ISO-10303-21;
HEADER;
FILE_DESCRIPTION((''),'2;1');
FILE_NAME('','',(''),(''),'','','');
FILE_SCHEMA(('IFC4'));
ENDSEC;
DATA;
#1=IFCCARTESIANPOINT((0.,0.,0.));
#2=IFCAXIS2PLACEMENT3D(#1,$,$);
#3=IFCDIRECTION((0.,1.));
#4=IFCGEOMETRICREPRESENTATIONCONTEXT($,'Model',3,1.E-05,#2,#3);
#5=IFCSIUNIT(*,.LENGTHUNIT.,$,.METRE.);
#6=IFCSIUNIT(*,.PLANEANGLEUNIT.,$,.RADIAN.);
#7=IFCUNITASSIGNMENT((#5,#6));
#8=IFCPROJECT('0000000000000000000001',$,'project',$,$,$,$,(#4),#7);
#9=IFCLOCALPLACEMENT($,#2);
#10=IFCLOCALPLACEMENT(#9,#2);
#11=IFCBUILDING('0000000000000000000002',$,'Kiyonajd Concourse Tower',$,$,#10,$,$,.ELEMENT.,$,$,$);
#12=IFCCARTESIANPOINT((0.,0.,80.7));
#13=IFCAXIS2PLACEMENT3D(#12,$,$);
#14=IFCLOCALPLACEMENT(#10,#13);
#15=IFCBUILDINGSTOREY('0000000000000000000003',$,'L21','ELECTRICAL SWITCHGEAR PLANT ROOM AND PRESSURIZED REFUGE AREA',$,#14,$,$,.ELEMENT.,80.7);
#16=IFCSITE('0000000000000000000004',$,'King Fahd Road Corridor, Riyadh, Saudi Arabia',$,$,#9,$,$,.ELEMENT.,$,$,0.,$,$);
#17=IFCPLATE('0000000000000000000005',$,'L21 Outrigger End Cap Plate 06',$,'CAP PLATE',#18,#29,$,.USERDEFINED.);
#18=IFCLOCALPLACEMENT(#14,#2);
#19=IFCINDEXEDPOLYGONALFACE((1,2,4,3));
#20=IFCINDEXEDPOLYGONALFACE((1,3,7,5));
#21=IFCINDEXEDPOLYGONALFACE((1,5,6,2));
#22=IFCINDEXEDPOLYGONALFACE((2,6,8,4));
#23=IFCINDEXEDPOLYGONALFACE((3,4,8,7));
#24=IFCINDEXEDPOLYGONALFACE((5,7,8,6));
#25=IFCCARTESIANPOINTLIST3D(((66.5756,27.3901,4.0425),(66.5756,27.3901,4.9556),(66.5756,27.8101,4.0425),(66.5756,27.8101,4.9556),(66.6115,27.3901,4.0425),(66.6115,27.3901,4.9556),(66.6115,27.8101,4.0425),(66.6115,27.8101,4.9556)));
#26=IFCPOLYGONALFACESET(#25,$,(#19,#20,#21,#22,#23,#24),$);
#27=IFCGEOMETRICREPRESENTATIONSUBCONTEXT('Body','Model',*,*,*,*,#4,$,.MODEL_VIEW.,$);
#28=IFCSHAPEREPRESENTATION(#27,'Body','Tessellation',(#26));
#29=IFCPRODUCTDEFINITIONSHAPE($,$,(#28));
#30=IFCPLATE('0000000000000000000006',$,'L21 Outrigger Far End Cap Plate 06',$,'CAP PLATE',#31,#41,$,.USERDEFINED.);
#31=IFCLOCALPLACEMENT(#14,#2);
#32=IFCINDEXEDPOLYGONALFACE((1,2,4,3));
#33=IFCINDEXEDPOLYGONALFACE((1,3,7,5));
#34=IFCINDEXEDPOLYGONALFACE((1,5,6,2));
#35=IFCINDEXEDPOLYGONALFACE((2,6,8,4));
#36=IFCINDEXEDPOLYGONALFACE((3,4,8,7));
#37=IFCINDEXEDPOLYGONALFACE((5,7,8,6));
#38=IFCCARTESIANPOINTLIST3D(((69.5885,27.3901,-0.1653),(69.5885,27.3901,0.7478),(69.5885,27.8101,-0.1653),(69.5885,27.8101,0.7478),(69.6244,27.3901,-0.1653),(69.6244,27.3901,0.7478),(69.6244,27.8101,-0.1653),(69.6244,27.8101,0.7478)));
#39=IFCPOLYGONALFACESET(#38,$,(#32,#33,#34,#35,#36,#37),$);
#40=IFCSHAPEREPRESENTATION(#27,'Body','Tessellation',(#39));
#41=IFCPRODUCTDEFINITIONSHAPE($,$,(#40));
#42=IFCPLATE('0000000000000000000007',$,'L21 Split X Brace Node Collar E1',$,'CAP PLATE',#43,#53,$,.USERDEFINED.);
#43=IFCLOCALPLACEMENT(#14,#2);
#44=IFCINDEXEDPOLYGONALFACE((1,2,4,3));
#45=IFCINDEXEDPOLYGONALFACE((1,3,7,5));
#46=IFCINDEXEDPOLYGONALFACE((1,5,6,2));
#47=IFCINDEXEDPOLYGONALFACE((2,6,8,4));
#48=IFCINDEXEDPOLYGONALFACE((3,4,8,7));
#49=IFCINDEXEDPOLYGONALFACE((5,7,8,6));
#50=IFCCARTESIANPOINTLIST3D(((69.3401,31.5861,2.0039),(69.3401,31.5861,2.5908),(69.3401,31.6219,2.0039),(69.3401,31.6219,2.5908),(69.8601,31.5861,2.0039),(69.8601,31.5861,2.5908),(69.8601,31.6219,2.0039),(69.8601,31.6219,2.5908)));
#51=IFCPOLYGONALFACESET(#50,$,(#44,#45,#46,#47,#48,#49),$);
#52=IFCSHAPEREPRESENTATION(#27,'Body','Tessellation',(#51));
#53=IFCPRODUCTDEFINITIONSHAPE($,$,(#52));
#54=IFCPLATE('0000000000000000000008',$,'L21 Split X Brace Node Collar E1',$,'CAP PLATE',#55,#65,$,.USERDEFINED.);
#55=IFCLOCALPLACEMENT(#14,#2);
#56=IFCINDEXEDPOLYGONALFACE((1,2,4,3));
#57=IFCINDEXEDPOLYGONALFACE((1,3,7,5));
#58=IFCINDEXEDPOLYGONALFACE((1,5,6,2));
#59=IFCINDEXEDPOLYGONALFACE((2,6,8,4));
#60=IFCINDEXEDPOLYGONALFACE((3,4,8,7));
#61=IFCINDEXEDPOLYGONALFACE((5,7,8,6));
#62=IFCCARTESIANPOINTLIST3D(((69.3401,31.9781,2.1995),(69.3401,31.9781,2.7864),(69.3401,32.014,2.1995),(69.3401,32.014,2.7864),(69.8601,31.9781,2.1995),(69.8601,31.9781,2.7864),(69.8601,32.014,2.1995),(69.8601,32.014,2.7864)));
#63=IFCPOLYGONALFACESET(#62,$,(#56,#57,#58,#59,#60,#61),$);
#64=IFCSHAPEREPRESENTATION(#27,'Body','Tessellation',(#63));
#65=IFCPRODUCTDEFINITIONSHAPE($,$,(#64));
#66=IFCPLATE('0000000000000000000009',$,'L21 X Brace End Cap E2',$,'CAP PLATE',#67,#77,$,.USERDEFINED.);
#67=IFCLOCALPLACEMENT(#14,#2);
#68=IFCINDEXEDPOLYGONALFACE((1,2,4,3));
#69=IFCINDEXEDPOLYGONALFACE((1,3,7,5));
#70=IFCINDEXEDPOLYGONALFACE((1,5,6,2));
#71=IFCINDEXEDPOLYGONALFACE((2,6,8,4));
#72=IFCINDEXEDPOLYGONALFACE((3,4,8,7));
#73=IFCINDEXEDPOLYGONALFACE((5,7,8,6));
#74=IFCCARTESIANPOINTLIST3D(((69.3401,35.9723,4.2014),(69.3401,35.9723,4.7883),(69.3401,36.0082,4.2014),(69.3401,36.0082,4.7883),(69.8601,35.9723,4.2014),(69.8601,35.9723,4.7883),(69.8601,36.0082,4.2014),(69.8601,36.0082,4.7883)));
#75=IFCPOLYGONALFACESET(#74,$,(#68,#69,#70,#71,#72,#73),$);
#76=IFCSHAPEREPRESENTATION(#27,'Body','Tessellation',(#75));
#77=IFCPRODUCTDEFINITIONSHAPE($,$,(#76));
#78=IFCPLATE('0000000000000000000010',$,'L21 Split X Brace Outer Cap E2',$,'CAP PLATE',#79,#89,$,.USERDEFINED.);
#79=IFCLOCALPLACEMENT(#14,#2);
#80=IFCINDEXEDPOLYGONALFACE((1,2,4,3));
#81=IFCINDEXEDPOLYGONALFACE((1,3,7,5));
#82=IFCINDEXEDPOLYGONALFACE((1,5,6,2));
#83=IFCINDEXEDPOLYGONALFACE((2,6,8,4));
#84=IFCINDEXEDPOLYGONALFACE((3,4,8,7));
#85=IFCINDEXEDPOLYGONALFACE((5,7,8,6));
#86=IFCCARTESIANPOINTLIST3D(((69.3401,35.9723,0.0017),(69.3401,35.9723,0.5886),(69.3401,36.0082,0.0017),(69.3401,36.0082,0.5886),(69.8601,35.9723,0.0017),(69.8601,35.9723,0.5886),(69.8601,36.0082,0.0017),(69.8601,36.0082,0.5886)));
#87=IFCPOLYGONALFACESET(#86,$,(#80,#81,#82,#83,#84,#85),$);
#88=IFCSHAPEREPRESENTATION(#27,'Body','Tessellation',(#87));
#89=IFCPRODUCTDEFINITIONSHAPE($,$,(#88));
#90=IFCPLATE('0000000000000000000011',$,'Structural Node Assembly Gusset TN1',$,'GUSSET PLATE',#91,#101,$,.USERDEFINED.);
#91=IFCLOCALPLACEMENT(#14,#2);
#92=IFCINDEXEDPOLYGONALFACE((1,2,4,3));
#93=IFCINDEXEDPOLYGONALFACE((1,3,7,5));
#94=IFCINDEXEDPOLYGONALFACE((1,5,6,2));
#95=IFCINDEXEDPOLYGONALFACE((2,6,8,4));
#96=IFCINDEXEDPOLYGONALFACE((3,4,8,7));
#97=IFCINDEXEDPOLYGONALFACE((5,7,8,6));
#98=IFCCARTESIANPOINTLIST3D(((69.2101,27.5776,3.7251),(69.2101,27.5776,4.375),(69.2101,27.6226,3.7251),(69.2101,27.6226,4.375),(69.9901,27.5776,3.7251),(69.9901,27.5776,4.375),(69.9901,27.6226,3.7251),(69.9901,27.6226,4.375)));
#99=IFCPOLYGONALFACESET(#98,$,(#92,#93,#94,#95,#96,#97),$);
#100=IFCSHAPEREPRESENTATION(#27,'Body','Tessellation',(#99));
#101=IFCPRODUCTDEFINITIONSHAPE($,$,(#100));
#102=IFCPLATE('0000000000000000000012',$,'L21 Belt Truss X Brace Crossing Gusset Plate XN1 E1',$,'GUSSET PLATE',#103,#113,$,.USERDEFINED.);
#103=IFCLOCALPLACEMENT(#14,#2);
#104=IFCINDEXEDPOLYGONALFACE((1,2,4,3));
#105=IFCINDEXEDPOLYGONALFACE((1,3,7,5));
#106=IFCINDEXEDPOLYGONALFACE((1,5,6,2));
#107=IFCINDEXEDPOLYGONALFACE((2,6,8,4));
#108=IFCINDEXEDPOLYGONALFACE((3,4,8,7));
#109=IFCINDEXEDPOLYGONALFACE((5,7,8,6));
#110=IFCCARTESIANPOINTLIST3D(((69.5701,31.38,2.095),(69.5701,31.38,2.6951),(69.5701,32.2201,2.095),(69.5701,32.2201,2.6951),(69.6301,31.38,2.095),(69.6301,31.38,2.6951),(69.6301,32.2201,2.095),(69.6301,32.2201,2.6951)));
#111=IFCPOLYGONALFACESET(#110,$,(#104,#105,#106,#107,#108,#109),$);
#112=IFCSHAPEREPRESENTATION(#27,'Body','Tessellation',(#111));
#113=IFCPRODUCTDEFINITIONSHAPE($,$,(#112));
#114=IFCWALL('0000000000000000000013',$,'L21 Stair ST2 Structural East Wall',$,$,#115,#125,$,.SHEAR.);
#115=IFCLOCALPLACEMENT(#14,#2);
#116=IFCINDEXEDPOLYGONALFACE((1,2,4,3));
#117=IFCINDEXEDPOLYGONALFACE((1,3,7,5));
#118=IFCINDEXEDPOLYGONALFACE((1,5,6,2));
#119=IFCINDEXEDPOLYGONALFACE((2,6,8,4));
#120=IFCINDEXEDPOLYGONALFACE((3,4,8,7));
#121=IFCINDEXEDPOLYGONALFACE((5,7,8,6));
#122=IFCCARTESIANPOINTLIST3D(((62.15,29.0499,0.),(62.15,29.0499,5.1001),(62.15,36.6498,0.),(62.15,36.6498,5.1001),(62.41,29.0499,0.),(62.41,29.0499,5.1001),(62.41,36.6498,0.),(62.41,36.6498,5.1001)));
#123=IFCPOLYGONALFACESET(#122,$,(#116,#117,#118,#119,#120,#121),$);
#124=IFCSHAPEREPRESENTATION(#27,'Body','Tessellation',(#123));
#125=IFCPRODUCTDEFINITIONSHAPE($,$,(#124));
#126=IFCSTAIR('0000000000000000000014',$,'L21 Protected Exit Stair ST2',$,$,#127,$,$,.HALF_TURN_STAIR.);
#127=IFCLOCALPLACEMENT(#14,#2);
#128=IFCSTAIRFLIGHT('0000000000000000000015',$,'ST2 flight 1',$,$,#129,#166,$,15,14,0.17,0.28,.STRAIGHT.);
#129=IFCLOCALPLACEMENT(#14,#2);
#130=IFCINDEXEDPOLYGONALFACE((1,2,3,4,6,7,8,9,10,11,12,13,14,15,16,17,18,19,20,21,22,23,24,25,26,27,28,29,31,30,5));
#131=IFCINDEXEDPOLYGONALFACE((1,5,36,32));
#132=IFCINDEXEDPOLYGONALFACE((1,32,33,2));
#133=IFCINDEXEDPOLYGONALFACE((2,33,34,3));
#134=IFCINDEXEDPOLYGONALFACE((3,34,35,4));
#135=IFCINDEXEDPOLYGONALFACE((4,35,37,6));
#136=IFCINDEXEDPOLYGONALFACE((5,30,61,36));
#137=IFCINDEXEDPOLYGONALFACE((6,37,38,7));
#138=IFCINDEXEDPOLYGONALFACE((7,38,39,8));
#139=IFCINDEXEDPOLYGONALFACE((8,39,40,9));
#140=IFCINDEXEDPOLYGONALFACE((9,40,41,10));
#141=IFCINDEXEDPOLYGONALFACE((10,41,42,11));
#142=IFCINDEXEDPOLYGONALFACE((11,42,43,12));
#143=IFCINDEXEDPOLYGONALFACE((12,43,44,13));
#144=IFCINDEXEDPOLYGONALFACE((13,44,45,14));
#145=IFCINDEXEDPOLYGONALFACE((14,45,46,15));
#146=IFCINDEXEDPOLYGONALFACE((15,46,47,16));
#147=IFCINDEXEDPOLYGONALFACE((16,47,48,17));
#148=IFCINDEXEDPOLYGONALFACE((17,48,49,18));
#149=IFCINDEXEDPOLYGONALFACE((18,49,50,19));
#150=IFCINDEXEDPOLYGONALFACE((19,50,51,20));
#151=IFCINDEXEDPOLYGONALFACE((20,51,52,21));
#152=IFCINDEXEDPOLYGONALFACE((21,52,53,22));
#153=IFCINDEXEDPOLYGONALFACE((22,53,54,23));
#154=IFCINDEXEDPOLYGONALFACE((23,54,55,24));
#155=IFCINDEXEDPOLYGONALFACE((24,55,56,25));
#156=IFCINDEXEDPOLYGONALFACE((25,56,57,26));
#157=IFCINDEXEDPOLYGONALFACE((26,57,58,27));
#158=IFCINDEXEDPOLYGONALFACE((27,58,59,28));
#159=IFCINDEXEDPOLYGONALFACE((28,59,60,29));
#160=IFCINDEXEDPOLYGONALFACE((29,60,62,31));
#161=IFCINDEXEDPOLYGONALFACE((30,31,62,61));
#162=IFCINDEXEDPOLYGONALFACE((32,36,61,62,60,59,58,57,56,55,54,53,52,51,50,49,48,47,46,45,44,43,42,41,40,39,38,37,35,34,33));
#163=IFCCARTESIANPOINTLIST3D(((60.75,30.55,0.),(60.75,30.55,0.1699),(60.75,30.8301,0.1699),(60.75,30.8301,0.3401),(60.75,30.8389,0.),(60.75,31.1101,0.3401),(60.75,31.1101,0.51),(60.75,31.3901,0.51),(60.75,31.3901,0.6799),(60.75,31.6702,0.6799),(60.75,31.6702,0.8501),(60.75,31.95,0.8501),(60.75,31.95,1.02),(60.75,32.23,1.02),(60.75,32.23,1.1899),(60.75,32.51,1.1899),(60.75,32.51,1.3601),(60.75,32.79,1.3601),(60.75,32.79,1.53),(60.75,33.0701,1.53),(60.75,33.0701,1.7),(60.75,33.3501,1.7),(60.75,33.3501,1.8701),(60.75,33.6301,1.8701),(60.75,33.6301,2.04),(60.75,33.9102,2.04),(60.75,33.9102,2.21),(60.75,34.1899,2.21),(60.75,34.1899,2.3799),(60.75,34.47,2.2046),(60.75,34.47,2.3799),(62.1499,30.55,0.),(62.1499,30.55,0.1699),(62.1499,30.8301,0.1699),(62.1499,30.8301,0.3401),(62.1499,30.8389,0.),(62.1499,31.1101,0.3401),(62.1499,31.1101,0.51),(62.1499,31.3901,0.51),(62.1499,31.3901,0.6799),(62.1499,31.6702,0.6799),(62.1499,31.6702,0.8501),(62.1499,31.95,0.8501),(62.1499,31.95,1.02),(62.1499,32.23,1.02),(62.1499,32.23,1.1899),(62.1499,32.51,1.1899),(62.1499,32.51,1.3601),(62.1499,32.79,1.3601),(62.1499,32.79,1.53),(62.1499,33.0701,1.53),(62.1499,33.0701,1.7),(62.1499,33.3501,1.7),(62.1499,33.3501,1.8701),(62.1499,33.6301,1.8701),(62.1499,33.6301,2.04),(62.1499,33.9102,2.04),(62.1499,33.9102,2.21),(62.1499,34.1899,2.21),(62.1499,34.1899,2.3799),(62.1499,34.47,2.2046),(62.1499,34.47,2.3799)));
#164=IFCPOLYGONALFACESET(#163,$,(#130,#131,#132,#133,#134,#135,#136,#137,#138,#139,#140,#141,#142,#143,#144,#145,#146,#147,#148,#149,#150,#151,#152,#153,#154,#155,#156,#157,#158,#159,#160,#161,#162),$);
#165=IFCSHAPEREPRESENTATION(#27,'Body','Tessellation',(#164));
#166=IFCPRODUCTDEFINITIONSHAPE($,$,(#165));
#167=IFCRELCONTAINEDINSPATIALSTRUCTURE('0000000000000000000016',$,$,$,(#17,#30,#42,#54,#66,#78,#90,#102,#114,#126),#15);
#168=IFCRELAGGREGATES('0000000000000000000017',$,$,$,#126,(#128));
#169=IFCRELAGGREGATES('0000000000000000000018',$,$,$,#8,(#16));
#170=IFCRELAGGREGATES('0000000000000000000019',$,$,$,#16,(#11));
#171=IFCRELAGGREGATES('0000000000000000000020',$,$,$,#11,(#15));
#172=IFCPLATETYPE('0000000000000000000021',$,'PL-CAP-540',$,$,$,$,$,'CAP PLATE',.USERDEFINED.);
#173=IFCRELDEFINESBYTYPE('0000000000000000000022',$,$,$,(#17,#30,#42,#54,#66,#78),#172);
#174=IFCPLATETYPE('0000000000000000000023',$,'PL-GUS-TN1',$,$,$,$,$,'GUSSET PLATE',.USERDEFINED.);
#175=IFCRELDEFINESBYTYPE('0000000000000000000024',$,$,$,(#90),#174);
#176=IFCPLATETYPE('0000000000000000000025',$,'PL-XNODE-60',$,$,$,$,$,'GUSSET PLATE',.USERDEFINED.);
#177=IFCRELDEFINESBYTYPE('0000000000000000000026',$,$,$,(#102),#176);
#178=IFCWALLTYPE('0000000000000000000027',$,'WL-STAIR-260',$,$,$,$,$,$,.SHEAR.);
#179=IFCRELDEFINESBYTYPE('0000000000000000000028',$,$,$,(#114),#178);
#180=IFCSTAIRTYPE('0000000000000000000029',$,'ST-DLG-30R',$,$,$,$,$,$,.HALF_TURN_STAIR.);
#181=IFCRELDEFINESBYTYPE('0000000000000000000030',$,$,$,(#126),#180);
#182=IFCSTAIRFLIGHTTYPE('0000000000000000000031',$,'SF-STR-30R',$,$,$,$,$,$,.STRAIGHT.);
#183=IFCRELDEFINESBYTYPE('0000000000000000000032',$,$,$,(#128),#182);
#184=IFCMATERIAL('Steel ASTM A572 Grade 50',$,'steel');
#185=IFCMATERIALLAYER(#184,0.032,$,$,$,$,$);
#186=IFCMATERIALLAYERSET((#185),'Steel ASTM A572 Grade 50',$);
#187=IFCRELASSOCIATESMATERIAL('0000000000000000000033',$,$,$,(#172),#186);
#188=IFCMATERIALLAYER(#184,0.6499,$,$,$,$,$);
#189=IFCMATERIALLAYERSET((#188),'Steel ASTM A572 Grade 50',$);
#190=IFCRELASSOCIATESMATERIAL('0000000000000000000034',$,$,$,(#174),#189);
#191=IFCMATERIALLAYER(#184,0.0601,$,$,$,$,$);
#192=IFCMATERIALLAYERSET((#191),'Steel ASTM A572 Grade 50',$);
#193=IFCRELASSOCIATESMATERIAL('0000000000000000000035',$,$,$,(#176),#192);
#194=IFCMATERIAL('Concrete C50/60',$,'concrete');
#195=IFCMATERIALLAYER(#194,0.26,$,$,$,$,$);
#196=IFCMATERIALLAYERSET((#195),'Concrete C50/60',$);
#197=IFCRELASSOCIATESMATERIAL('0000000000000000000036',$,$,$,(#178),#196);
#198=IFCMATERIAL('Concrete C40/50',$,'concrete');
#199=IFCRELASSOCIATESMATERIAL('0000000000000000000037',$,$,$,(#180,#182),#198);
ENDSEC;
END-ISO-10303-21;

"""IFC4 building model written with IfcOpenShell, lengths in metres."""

from ifc_helpers import new_model, si_unit, direction, frame, frame_2d, origin, origin_2d, place, context, subcontext, project, spatial, polyline, rectangle, outline, extrude, material, layer, layer_set, type_object, element, aggregate, save


model = new_model("IFC4")

# Units and contexts
model_context = context("Model", 3, precision=1e-05, world=origin(), true_north=direction((0.0, 1.0)))
body_context = subcontext(model_context, "Body", "Model", "MODEL_VIEW")
ifc_project = project(units=[si_unit("LENGTHUNIT", "METRE"), si_unit("PLANEANGLEUNIT", "RADIAN")], contexts=[model_context])

# Site, building, storey
site_placement = place(None, origin())
site = spatial("IfcSite", under=ifc_project, at=site_placement, Name="King Fahd Road Corridor, Riyadh, Saudi Arabia", CompositionType="ELEMENT", RefElevation=0.0)
building_placement = place(site_placement, origin())
building = spatial("IfcBuilding", under=site, at=building_placement, Name="Kiyonajd Concourse Tower", CompositionType="ELEMENT")
storey_placement = place(building_placement, frame((0.0, 0.0, 80.7)))
storey = spatial("IfcBuildingStorey", under=building, at=storey_placement, Name="L21", Description="ELECTRICAL SWITCHGEAR PLANT ROOM AND PRESSURIZED REFUGE AREA", CompositionType="ELEMENT", Elevation=80.7)

# Shared definitions
ifc_material_1 = material(Name="Steel ASTM A572 Grade 50", Category="steel")

# Plates
ifc_layer_1 = layer(ifc_material_1, 0.032)
ifc_layer_set_1 = layer_set([ifc_layer_1], Name="Steel ASTM A572 Grade 50")
plate_type_1 = type_object("IfcPlateType", Name="PL-CAP-540", ElementType="CAP PLATE", PredefinedType="USERDEFINED", material=ifc_layer_set_1)
for number, where, z_axis, x_axis, name in (
    (1, (66.5935, 27.6001, 4.0425), (0.0, 0.0, 1.0), (-1.0, 0.0, 0.0), "L21 Outrigger End Cap Plate 06"),
    (2, (69.6064, 27.6001, -0.1653), (0.0, 0.0, 1.0), (1.0, 0.0, 0.0), "L21 Outrigger Far End Cap Plate 06"),
):
    element("IfcPlate", number, at=place(storey_placement, frame(where, z_axis=z_axis, x_axis=x_axis)), inside=storey, type_object=plate_type_1, Name=name, ObjectType="CAP PLATE", PredefinedType="USERDEFINED", context=body_context, shape_type="SweptSolid", body=[
        extrude(rectangle(XDim=0.0359, YDim=0.4199, at=origin_2d()), origin(), (0.0, 0.0, 1.0), 0.9131),
    ])
for number, where, z_axis, x_axis, name in (
    (3, (69.6001, 31.604, 2.0039), (0.0, 0.0, 1.0), (0.0, 1.0, 0.0), "L21 Split X Brace Node Collar E1"),
    (4, (69.6001, 31.9961, 2.1995), (0.0, 0.0, 1.0), (0.0, -1.0, 0.0), "L21 Split X Brace Node Collar E1"),
    (5, (69.6001, 35.9902, 4.2014), (0.0, 0.0, 1.0), (0.0, -1.0, 0.0), "L21 X Brace End Cap E2"),
    (6, (69.6001, 35.9902, 0.0017), (0.0, 0.0, 1.0), (0.0, -1.0, 0.0), "L21 Split X Brace Outer Cap E2"),
):
    element("IfcPlate", number, at=place(storey_placement, frame(where, z_axis=z_axis, x_axis=x_axis)), inside=storey, type_object=plate_type_1, Name=name, ObjectType="CAP PLATE", PredefinedType="USERDEFINED", context=body_context, shape_type="SweptSolid", body=[
        extrude(rectangle(XDim=0.0359, YDim=0.52, at=origin_2d()), origin(), (0.0, 0.0, 1.0), 0.5869),
    ])
ifc_layer_2 = layer(ifc_material_1, 0.6499)
ifc_layer_set_2 = layer_set([ifc_layer_2], Name="Steel ASTM A572 Grade 50")
plate_type_2 = type_object("IfcPlateType", Name="PL-GUS-TN1", ElementType="GUSSET PLATE", PredefinedType="USERDEFINED", material=ifc_layer_set_2)
plate_1_placement = place(storey_placement, frame((69.6001, 27.6001, 3.7251), z_axis=(0.0, 0.0, 1.0), x_axis=(1.0, 0.0, 0.0)))
element("IfcPlate", 7, at=plate_1_placement, inside=storey, type_object=plate_type_2, Name="Structural Node Assembly Gusset TN1", ObjectType="GUSSET PLATE", PredefinedType="USERDEFINED", context=body_context, shape_type="SweptSolid", body=[
    extrude(rectangle(XDim=0.78, YDim=0.0449, at=origin_2d()), origin(), (0.0, 0.0, 1.0), 0.6499),
])
ifc_layer_3 = layer(ifc_material_1, 0.0601)
ifc_layer_set_3 = layer_set([ifc_layer_3], Name="Steel ASTM A572 Grade 50")
plate_type_3 = type_object("IfcPlateType", Name="PL-XNODE-60", ElementType="GUSSET PLATE", PredefinedType="USERDEFINED", material=ifc_layer_set_3)
plate_2_placement = place(storey_placement, frame((69.6001, 31.8, 2.095), z_axis=(0.0, 0.0, 1.0), x_axis=(1.0, 0.0, 0.0)))
element("IfcPlate", 8, at=plate_2_placement, inside=storey, type_object=plate_type_3, Name="L21 Belt Truss X Brace Crossing Gusset Plate XN1 E1", ObjectType="GUSSET PLATE", PredefinedType="USERDEFINED", context=body_context, shape_type="SweptSolid", body=[
    extrude(rectangle(XDim=0.0601, YDim=0.8401, at=origin_2d()), origin(), (0.0, 0.0, 1.0), 0.6001),
])

# Wall
ifc_material_2 = material(Name="Concrete C50/60", Category="concrete")
ifc_layer_4 = layer(ifc_material_2, 0.26)
ifc_layer_set_4 = layer_set([ifc_layer_4], Name="Concrete C50/60")
wall_type = type_object("IfcWallType", Name="WL-STAIR-260", PredefinedType="SHEAR", material=ifc_layer_set_4)
wall_placement = place(storey_placement, frame((62.28, 29.05, 0.0), z_axis=(0.0, 0.0, 1.0), x_axis=(0.0, 1.0, 0.0)))
element("IfcWall", 9, at=wall_placement, inside=storey, type_object=wall_type, Name="L21 Stair ST2 Structural East Wall", PredefinedType="SHEAR", context=body_context, shape_type="SweptSolid", body=[
    extrude(rectangle(XDim=7.5999, YDim=0.26, at=frame_2d((3.7998, 0.0))), origin(), (0.0, 0.0, 1.0), 5.1001),
])

# Stair, stair flight
ifc_material_3 = material(Name="Concrete C40/50", Category="concrete")
stair_type = type_object("IfcStairType", Name="ST-DLG-30R", PredefinedType="HALF_TURN_STAIR", material=ifc_material_3)
stair_placement = place(storey_placement, origin())
stair = element("IfcStair", 10, at=stair_placement, inside=storey, type_object=stair_type, Name="L21 Protected Exit Stair ST2", PredefinedType="HALF_TURN_STAIR")
stair_flight_type = type_object("IfcStairFlightType", Name="SF-STR-30R", PredefinedType="STRAIGHT", material=ifc_material_3)
stair_flight_placement = place(storey_placement, frame((61.45, 30.55, 0.0), z_axis=(0.0, 0.0, 1.0), x_axis=(0.0, 1.0, 0.0)))
stair_flight = element("IfcStairFlight", 11, at=stair_flight_placement, type_object=stair_flight_type, Name="ST2 flight 1", NumberOfRisers=15, NumberOfTreads=14, PredefinedType="STRAIGHT", RiserHeight=0.17, TreadLength=0.28, context=body_context, shape_type="SweptSolid", body=[
    extrude(outline(polyline([(0.0, 0.0), (0.0, 0.1699), (0.28, 0.1699), (0.28, 0.3401), (0.5601, 0.3401), (0.5601, 0.51), (0.8401, 0.51), (0.8401, 0.6799), (1.1201, 0.6799), (1.1201, 0.8501), (1.3999, 0.8501), (1.3999, 1.02), (1.6799, 1.02), (1.6799, 1.1899), (1.96, 1.1899), (1.96, 1.3601), (2.24, 1.3601), (2.24, 1.53), (2.52, 1.53), (2.52, 1.7), (2.8, 1.7), (2.8, 1.8701), (3.0801, 1.8701), (3.0801, 2.04), (3.3601, 2.04), (3.3601, 2.21), (3.6399, 2.21), (3.6399, 2.3799), (3.9199, 2.3799), (3.9199, 2.55), (3.9199, 2.2046), (0.2888, 0.0), (0.0, 0.0)])), frame((0.0, 0.7, 0.0), z_axis=(0.0, -1.0, 0.0), x_axis=(1.0, 0.0, 0.0)), (0.0, 0.0, 1.0), 1.3999),
])
aggregate(stair, [stair_flight])

save(model, "model.ifc")
